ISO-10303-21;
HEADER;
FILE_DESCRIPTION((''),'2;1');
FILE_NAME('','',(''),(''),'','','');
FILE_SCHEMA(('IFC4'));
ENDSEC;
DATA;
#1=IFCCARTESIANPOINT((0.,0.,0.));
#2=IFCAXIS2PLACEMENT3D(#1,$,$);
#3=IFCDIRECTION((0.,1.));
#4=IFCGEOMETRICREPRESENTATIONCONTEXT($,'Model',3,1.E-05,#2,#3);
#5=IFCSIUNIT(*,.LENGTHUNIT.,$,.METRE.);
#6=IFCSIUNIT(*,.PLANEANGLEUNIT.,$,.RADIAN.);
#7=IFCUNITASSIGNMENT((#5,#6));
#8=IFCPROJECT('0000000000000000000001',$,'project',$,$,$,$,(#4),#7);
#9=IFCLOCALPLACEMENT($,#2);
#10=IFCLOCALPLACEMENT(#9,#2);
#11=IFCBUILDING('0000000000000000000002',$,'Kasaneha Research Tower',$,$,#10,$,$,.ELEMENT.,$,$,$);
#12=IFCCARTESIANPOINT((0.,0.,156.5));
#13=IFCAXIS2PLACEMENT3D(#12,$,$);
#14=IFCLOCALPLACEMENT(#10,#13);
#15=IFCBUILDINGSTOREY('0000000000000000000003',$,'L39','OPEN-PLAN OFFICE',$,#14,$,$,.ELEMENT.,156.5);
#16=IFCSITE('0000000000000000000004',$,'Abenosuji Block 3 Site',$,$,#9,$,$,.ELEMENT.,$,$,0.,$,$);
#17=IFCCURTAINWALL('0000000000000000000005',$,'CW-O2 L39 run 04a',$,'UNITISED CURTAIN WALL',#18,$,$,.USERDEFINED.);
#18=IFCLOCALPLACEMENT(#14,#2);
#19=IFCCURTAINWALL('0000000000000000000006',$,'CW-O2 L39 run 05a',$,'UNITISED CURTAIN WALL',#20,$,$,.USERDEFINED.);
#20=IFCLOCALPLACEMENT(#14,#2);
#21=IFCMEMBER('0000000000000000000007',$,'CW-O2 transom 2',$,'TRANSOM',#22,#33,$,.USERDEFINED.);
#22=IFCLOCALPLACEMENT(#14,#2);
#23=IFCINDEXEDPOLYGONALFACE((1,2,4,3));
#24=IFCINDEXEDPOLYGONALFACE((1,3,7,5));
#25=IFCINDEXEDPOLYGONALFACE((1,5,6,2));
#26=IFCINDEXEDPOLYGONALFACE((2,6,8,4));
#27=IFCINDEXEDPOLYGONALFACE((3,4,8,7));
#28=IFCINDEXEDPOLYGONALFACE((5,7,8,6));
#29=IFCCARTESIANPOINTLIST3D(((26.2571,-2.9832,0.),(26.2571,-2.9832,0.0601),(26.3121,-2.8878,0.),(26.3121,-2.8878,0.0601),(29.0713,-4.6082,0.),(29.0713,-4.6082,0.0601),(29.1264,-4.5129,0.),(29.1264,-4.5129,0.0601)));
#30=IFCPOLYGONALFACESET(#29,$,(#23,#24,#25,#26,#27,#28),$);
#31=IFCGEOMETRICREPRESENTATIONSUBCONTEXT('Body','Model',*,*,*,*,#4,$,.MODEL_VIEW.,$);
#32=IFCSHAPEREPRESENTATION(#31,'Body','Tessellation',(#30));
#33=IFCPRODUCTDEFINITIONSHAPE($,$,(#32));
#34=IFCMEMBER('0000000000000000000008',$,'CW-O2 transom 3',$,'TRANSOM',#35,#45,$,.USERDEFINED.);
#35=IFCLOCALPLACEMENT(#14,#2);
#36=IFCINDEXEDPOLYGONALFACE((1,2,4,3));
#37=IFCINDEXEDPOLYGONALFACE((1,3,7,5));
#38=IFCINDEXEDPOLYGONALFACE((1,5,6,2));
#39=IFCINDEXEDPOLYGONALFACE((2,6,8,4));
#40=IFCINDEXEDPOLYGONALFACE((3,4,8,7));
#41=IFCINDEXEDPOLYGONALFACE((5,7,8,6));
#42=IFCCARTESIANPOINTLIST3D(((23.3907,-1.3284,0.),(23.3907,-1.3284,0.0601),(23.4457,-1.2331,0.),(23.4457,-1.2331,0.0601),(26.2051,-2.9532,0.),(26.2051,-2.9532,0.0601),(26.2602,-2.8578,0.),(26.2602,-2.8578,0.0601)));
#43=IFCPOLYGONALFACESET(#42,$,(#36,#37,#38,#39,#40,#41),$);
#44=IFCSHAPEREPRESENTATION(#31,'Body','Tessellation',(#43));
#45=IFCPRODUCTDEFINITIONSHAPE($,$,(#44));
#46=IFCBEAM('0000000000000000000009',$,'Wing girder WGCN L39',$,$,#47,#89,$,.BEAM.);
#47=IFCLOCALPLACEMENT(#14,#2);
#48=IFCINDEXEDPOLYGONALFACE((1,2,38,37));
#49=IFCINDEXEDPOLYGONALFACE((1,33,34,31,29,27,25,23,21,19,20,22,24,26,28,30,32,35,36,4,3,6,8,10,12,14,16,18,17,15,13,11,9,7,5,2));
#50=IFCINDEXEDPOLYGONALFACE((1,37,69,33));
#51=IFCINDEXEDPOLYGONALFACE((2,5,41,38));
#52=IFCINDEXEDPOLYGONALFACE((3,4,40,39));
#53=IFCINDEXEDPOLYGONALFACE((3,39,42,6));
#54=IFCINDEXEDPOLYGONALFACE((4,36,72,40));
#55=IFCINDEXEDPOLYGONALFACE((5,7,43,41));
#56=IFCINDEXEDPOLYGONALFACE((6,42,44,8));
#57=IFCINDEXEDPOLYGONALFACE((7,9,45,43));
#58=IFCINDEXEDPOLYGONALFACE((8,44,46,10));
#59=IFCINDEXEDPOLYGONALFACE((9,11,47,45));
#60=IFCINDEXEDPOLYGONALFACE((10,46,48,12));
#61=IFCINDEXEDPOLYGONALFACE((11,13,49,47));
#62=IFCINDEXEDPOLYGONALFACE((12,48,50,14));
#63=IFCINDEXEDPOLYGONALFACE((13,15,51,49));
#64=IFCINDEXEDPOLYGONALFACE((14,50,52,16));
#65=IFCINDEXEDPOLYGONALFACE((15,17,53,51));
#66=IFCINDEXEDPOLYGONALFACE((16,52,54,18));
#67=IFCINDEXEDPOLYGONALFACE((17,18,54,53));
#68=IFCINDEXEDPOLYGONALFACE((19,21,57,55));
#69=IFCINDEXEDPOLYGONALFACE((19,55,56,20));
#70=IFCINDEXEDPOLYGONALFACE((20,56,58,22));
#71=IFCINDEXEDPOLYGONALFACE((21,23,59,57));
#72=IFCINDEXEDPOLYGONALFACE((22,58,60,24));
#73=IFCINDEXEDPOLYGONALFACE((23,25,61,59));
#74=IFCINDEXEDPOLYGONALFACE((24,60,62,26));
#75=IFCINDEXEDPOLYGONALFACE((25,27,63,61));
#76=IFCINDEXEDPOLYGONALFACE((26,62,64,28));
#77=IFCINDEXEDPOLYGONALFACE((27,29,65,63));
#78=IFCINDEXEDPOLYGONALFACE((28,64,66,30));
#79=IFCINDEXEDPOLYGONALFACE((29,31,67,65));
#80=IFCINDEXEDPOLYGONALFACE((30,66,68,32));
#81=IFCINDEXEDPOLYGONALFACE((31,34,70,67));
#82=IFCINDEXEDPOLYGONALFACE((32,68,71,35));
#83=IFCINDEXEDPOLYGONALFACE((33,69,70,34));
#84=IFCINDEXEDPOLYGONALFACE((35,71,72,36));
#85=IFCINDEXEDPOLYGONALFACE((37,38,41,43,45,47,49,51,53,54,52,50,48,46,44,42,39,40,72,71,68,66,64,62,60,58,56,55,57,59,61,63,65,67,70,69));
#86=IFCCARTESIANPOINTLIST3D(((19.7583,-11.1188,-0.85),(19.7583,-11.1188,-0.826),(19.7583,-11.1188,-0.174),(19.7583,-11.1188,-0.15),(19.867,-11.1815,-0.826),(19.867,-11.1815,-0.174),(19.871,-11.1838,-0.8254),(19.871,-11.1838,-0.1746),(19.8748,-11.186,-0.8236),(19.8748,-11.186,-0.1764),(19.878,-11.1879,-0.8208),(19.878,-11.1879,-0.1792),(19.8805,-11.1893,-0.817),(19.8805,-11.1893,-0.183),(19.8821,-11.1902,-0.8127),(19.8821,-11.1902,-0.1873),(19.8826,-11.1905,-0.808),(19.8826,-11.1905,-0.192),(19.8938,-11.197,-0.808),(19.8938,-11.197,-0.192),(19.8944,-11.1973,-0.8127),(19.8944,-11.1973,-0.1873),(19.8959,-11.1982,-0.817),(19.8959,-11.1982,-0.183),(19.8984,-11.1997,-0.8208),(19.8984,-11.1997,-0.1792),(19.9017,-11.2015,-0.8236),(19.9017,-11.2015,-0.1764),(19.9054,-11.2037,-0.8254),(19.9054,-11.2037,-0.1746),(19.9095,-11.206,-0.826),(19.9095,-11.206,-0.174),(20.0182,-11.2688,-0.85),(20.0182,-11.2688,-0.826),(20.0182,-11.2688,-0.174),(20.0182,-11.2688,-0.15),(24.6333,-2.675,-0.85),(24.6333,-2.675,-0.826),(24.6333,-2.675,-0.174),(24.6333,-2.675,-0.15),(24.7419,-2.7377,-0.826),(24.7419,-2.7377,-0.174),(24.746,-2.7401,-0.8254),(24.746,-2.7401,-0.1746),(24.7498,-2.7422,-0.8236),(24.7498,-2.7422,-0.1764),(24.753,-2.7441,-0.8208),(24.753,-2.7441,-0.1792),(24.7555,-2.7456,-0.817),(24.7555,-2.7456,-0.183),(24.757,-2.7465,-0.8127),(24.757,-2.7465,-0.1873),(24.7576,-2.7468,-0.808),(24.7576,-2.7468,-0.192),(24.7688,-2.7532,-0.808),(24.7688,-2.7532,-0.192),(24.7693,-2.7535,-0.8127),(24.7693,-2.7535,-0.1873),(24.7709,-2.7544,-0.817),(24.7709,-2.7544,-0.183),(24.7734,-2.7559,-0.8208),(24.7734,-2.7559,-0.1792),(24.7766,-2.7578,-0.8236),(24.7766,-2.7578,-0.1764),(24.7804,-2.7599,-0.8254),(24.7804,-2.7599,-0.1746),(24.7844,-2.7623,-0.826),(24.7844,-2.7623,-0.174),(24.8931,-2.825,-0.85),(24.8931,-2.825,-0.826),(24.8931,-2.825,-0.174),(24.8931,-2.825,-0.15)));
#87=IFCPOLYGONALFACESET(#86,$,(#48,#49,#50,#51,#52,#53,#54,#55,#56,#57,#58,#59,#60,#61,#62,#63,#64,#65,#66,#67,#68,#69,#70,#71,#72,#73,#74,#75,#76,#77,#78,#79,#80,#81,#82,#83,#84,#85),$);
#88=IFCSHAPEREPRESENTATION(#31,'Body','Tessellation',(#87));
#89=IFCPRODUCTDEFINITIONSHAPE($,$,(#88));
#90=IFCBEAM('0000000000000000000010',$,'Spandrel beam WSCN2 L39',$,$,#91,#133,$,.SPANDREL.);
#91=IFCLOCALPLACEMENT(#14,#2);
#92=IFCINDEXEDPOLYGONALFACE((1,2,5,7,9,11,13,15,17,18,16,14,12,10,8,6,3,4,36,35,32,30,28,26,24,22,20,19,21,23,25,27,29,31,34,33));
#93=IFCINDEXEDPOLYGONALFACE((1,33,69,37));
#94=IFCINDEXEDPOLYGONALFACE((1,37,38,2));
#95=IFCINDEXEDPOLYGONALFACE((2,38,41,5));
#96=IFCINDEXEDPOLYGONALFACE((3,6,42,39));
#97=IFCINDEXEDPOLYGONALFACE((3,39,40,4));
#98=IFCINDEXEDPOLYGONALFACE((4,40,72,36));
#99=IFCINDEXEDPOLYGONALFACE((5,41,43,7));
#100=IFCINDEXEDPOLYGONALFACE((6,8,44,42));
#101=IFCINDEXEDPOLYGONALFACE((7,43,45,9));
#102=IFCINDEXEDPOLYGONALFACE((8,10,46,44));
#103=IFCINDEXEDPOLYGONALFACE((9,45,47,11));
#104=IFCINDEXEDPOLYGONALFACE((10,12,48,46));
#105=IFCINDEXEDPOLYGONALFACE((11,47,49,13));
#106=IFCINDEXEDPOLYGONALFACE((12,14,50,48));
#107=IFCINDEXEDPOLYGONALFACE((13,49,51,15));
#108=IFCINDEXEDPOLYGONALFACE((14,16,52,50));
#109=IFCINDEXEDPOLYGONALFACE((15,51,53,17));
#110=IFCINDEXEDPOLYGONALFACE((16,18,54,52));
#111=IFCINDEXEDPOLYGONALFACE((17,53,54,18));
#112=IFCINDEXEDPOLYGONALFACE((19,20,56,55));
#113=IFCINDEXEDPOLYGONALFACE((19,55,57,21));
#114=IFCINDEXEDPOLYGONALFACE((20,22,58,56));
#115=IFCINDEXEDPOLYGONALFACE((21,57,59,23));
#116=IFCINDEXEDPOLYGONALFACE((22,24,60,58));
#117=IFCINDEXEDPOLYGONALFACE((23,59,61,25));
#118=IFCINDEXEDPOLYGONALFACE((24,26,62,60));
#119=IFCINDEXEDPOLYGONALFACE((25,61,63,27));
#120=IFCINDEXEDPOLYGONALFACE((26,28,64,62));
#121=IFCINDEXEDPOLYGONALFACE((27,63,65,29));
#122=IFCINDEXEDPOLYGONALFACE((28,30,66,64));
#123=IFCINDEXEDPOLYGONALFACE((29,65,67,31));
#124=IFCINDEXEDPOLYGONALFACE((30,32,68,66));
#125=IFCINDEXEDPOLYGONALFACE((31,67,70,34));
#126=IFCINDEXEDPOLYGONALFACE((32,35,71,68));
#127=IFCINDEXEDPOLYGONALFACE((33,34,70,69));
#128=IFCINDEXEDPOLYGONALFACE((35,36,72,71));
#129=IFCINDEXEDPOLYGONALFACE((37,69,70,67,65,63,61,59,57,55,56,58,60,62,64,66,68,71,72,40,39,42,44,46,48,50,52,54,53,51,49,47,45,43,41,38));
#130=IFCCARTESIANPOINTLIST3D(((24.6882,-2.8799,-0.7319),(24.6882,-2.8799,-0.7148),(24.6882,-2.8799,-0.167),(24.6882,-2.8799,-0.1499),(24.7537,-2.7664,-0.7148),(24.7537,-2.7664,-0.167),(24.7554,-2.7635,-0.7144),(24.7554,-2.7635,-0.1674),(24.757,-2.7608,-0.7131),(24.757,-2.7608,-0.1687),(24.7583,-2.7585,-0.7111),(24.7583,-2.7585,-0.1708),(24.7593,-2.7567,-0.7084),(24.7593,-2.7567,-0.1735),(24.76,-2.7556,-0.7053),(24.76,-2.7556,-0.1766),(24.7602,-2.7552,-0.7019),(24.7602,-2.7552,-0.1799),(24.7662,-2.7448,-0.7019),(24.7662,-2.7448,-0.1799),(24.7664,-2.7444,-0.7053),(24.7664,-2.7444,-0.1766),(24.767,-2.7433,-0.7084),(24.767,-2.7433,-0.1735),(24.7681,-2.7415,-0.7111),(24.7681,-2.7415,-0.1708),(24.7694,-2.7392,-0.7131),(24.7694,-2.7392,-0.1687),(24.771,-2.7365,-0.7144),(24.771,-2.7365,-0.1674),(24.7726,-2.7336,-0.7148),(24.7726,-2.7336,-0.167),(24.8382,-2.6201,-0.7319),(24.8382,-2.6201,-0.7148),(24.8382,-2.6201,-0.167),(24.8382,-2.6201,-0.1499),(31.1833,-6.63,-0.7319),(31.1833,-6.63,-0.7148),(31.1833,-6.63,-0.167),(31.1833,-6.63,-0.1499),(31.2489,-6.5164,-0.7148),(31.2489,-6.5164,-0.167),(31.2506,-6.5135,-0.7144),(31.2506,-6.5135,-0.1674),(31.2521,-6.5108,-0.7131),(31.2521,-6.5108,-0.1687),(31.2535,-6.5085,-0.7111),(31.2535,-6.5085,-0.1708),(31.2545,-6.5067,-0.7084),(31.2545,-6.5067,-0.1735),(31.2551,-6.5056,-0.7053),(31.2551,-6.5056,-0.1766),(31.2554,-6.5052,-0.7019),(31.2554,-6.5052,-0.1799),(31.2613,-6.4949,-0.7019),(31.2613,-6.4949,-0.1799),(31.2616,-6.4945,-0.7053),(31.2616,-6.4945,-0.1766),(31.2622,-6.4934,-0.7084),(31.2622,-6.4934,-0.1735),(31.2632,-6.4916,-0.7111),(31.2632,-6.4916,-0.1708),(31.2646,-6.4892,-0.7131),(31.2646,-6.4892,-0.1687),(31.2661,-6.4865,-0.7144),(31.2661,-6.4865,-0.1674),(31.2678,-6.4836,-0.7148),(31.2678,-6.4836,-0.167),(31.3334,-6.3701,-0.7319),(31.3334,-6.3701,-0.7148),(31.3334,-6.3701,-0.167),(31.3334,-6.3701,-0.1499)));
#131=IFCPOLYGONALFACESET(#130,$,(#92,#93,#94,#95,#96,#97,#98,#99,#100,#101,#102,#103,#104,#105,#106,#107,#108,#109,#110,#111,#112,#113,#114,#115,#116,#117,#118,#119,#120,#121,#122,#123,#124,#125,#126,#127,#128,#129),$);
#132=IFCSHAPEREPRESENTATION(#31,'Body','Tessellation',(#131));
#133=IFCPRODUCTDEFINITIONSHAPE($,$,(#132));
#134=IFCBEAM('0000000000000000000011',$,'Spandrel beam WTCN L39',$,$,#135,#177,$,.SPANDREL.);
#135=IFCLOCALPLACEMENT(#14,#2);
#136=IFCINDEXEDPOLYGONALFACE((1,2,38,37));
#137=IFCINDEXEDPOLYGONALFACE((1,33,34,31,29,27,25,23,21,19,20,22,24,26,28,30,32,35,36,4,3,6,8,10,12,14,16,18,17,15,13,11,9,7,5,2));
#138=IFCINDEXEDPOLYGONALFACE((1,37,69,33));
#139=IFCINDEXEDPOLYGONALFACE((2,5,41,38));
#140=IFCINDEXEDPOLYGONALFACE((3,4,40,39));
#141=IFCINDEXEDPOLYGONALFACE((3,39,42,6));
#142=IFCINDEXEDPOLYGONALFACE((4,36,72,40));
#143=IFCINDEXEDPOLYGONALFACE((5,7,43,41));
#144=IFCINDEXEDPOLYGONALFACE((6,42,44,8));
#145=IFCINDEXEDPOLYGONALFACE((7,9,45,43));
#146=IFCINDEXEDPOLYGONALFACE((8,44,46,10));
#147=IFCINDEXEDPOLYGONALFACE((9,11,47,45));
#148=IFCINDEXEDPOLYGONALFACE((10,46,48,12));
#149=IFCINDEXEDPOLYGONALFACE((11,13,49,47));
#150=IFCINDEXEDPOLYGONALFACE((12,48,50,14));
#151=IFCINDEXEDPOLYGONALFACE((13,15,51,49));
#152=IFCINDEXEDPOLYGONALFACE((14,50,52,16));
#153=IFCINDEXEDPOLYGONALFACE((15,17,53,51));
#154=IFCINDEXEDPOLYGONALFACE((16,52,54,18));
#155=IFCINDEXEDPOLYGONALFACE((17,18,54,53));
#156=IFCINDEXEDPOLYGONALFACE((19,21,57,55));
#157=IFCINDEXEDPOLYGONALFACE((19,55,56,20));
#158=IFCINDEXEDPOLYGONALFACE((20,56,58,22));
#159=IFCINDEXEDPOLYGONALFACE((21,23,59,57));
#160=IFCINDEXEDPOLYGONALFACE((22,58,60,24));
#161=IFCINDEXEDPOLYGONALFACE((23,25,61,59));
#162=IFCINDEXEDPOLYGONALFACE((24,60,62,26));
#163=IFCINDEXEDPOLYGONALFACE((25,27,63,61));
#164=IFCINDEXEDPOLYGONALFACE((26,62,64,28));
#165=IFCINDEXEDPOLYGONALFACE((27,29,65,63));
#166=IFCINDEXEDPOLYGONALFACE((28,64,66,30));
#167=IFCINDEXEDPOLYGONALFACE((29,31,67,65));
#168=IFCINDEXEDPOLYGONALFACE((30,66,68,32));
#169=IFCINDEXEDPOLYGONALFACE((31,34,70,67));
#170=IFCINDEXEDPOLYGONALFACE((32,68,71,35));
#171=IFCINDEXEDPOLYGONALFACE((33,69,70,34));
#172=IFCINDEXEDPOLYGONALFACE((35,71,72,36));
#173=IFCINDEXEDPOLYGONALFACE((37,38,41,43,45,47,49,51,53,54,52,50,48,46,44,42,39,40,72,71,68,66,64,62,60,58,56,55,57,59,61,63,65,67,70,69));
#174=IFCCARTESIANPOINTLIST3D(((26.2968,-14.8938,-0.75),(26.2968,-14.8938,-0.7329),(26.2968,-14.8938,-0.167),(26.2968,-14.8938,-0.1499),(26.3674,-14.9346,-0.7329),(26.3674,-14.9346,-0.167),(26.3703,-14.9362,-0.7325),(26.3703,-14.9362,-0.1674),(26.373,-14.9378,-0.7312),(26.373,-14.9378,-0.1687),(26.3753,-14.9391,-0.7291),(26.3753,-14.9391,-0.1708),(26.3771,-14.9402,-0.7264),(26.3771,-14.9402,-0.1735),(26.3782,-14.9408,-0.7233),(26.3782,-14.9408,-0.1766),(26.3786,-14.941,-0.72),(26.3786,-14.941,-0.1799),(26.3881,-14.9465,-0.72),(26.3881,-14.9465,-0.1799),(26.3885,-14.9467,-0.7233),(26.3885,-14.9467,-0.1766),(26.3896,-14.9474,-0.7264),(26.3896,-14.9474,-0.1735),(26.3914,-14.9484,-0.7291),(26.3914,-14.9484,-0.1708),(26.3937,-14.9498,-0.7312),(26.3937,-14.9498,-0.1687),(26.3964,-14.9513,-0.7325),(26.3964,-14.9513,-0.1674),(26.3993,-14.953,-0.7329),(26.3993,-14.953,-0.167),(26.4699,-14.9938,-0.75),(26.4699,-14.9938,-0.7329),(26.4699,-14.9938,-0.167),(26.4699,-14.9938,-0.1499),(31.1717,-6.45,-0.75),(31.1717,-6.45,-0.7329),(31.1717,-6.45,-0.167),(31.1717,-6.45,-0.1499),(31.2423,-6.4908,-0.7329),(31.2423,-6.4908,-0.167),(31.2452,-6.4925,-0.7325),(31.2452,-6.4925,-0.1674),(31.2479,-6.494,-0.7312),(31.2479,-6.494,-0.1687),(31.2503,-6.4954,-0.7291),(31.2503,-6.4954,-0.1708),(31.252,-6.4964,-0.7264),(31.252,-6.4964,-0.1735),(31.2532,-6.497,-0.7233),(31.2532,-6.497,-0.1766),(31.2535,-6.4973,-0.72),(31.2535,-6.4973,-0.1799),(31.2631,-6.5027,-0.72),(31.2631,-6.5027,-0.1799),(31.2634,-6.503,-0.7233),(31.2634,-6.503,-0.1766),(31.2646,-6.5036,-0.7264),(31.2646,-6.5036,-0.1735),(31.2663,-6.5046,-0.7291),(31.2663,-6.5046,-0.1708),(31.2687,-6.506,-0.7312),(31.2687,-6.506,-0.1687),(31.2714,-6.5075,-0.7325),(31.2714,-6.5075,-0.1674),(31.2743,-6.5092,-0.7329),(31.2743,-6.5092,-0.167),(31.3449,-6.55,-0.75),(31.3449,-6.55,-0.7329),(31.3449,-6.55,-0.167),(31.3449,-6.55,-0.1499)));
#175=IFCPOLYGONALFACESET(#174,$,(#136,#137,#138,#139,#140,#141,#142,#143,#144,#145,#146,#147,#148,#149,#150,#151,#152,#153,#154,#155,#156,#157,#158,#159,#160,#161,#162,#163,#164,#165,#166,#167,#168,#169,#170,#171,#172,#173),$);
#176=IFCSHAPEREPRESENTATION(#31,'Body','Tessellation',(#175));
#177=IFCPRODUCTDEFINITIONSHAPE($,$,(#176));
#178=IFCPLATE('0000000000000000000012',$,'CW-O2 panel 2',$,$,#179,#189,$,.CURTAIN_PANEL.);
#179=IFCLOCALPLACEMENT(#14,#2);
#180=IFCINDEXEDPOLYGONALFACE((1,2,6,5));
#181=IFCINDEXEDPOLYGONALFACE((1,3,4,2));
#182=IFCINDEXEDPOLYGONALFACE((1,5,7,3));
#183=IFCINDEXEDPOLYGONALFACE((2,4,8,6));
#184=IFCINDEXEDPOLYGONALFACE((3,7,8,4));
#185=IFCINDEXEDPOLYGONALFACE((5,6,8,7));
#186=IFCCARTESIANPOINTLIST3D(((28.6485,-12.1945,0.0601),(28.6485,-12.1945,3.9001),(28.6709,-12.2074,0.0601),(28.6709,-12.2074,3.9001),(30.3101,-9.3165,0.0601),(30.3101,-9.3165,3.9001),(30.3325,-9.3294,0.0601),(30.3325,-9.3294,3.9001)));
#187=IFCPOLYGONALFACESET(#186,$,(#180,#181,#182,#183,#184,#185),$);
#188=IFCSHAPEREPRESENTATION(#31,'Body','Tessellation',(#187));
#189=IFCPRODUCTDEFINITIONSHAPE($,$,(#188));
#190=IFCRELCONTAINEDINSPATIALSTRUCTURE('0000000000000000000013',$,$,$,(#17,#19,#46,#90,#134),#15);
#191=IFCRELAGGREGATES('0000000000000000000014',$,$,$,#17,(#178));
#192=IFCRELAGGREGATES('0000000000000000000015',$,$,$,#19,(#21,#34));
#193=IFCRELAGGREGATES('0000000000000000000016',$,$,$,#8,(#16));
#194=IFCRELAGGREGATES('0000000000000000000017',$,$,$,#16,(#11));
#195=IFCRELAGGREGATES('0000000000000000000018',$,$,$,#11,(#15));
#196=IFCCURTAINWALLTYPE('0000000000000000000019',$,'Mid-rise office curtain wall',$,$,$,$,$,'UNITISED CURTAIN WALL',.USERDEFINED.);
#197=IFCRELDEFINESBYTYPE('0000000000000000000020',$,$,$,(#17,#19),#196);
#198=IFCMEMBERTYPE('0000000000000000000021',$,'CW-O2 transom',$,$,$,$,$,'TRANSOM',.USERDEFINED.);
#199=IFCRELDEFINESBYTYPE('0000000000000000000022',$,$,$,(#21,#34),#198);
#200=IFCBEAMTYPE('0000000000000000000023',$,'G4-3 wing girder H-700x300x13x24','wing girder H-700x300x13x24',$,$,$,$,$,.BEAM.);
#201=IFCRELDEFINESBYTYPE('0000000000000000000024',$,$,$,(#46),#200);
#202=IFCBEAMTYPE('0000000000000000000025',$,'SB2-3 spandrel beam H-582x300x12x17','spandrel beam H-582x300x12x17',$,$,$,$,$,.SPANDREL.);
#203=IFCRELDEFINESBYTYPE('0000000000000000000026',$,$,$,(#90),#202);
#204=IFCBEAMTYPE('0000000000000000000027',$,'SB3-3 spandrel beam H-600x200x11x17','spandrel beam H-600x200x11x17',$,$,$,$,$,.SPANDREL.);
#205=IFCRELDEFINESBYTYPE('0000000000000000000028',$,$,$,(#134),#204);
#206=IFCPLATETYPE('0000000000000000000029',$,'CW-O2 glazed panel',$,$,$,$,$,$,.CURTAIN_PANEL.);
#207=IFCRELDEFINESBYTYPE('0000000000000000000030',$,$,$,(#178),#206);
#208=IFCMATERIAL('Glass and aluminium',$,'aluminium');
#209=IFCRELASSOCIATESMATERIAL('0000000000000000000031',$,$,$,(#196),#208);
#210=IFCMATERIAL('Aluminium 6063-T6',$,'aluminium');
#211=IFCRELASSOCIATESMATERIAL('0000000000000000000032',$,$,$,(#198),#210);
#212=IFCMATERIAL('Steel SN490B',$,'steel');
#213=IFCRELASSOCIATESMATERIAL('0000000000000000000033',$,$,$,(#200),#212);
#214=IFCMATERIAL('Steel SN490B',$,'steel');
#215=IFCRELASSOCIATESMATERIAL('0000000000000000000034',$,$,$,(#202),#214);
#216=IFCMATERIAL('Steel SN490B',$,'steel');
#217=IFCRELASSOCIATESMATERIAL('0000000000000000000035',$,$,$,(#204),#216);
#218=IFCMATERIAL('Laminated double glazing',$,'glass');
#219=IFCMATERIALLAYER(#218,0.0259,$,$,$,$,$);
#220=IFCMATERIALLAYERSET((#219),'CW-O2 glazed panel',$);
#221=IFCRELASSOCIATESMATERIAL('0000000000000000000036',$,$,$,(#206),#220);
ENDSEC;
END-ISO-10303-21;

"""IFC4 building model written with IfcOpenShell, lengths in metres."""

from ifc_helpers import new_model, si_unit, direction, frame, origin, origin_2d, place, context, subcontext, project, spatial, rectangle, i_section, extrude, material, layer, layer_set, material_profile, profile_set, type_object, element, aggregate, save


model = new_model("IFC4")

# Units and contexts
model_context = context("Model", 3, precision=1e-05, world=origin(), true_north=direction((0.0, 1.0)))
body_context = subcontext(model_context, "Body", "Model", "MODEL_VIEW")
ifc_project = project(units=[si_unit("LENGTHUNIT", "METRE"), si_unit("PLANEANGLEUNIT", "RADIAN")], contexts=[model_context])

# Site, building, storey
site_placement = place(None, origin())
site = spatial("IfcSite", under=ifc_project, at=site_placement, Name="Abenosuji Block 3 Site", CompositionType="ELEMENT", RefElevation=0.0)
building_placement = place(site_placement, origin())
building = spatial("IfcBuilding", under=site, at=building_placement, Name="Kasaneha Research Tower", CompositionType="ELEMENT")
storey_placement = place(building_placement, frame((0.0, 0.0, 156.5)))
storey = spatial("IfcBuildingStorey", under=building, at=storey_placement, Name="L39", Description="OPEN-PLAN OFFICE", CompositionType="ELEMENT", Elevation=156.5)

# Curtain walls
ifc_material_1 = material(Name="Glass and aluminium", Category="aluminium")
curtain_wall_type = type_object("IfcCurtainWallType", Name="Mid-rise office curtain wall", ElementType="UNITISED CURTAIN WALL", PredefinedType="USERDEFINED", material=ifc_material_1)
curtain_wall_1_placement = place(storey_placement, origin())
curtain_wall_1 = element("IfcCurtainWall", 1, at=curtain_wall_1_placement, inside=storey, type_object=curtain_wall_type, Name="CW-O2 L39 run 04a", ObjectType="UNITISED CURTAIN WALL", PredefinedType="USERDEFINED")
curtain_wall_2_placement = place(storey_placement, origin())
curtain_wall_2 = element("IfcCurtainWall", 2, at=curtain_wall_2_placement, inside=storey, type_object=curtain_wall_type, Name="CW-O2 L39 run 05a", ObjectType="UNITISED CURTAIN WALL", PredefinedType="USERDEFINED")

# Members
ifc_material_2 = material(Name="Aluminium 6063-T6", Category="aluminium")
ifc_material_profile_1 = material_profile(ifc_material_2, rectangle(XDim=0.1101, YDim=0.0601, at=origin_2d()), Name="CW-O2 transom 110x60")
ifc_profile_set_1 = profile_set([ifc_material_profile_1], Name="Aluminium 6063-T6")
member_type_1 = type_object("IfcMemberType", Name="CW-O2 transom", ElementType="TRANSOM", PredefinedType="USERDEFINED", material=ifc_profile_set_1)
member_1_placement = place(storey_placement, frame((29.0989, -4.5605, 0.03), z_axis=(-0.865997, 0.50005, 0.0), x_axis=(-0.50005, -0.865997, 0.0)))
member_1 = element("IfcMember", 3, at=member_1_placement, type_object=member_type_1, Name="CW-O2 transom 2", ObjectType="TRANSOM", PredefinedType="USERDEFINED", context=body_context, shape_type="SweptSolid", body=[
    extrude(rectangle(XDim=0.1101, YDim=0.0601, at=origin_2d()), origin(), (0.0, 0.0, 1.0), 3.2498),
])
member_2_placement = place(storey_placement, frame((26.2327, -2.9055, 0.03), z_axis=(-0.866048, 0.499961, 0.0), x_axis=(-0.499961, -0.866048, 0.0)))
member_2 = element("IfcMember", 4, at=member_2_placement, type_object=member_type_1, Name="CW-O2 transom 3", ObjectType="TRANSOM", PredefinedType="USERDEFINED", context=body_context, shape_type="SweptSolid", body=[
    extrude(rectangle(XDim=0.1101, YDim=0.0601, at=origin_2d()), origin(), (0.0, 0.0, 1.0), 3.2498),
])

# Beams
ifc_material_3 = material(Name="Steel SN490B", Category="steel")
ifc_material_profile_2 = material_profile(ifc_material_3, i_section(OverallWidth=0.3, OverallDepth=0.7, WebThickness=0.0129, FlangeThickness=0.0239, FilletRadius=0.0181, at=origin_2d()), Name="H-700x300x13x24")
ifc_profile_set_2 = profile_set([ifc_material_profile_2], Name="Steel SN490B")
beam_type_1 = type_object("IfcBeamType", Name="G4-3 wing girder H-700x300x13x24", Description="wing girder H-700x300x13x24", PredefinedType="BEAM", material=ifc_profile_set_2)
beam_1_placement = place(storey_placement, frame((24.7632, -2.75, -0.5), z_axis=(-0.499996, -0.866028, 0.0), x_axis=(0.866028, -0.499996, 0.0)))
element("IfcBeam", 5, at=beam_1_placement, inside=storey, type_object=beam_type_1, Name="Wing girder WGCN L39", PredefinedType="BEAM", context=body_context, shape_type="SweptSolid", body=[
    extrude(i_section(OverallWidth=0.3, OverallDepth=0.7, WebThickness=0.0129, FlangeThickness=0.0239, FilletRadius=0.0181, at=origin_2d()), origin(), (0.0, 0.0, 1.0), 9.75),
])
ifc_material_4 = material(Name="Steel SN490B", Category="steel")
ifc_material_profile_3 = material_profile(ifc_material_4, i_section(OverallWidth=0.3, OverallDepth=0.582, WebThickness=0.012, FlangeThickness=0.0171, FilletRadius=0.0129, at=origin_2d()), Name="H-582x300x12x17")
ifc_profile_set_3 = profile_set([ifc_material_profile_3], Name="Steel SN490B")
beam_type_2 = type_object("IfcBeamType", Name="SB2-3 spandrel beam H-582x300x12x17", Description="spandrel beam H-582x300x12x17", PredefinedType="SPANDREL", material=ifc_profile_set_3)
beam_2_placement = place(storey_placement, frame((24.7632, -2.75, -0.4409), z_axis=(0.866023, -0.500004, 0.0), x_axis=(0.500004, 0.866023, 0.0)))
element("IfcBeam", 6, at=beam_2_placement, inside=storey, type_object=beam_type_2, Name="Spandrel beam WSCN2 L39", PredefinedType="SPANDREL", context=body_context, shape_type="SweptSolid", body=[
    extrude(i_section(OverallWidth=0.3, OverallDepth=0.582, WebThickness=0.012, FlangeThickness=0.0171, FilletRadius=0.0129, at=origin_2d()), origin(), (0.0, 0.0, 1.0), 7.5),
])
ifc_material_5 = material(Name="Steel SN490B", Category="steel")
ifc_material_profile_4 = material_profile(ifc_material_5, i_section(OverallWidth=0.2, OverallDepth=0.6001, WebThickness=0.011, FlangeThickness=0.0171, FilletRadius=0.0129, at=origin_2d()), Name="H-600x200x11x17")
ifc_profile_set_4 = profile_set([ifc_material_profile_4], Name="Steel SN490B")
beam_type_3 = type_object("IfcBeamType", Name="SB3-3 spandrel beam H-600x200x11x17", Description="spandrel beam H-600x200x11x17", PredefinedType="SPANDREL", material=ifc_profile_set_4)
beam_3_placement = place(storey_placement, frame((31.2583, -6.5, -0.45), z_axis=(-0.499996, -0.866028, 0.0), x_axis=(0.866028, -0.499996, 0.0)))
element("IfcBeam", 7, at=beam_3_placement, inside=storey, type_object=beam_type_3, Name="Spandrel beam WTCN L39", PredefinedType="SPANDREL", context=body_context, shape_type="SweptSolid", body=[
    extrude(i_section(OverallWidth=0.2, OverallDepth=0.6001, WebThickness=0.011, FlangeThickness=0.0171, FilletRadius=0.0129, at=origin_2d()), origin(), (0.0, 0.0, 1.0), 9.75),
])

# Plate
ifc_material_6 = material(Name="Laminated double glazing", Category="glass")
ifc_layer_1 = layer(ifc_material_6, 0.0259)
ifc_layer_set_1 = layer_set([ifc_layer_1], Name="CW-O2 glazed panel")
plate_type = type_object("IfcPlateType", Name="CW-O2 glazed panel", PredefinedType="CURTAIN_PANEL", material=ifc_layer_set_1)
plate_1_placement = place(storey_placement, frame((29.4905, -10.762, 0.0601), z_axis=(0.0, 0.0, 1.0), x_axis=(0.5, 0.866025, 0.0)))
plate_1 = element("IfcPlate", 8, at=plate_1_placement, type_object=plate_type, Name="CW-O2 panel 2", PredefinedType="CURTAIN_PANEL", context=body_context, shape_type="SweptSolid", body=[
    extrude(rectangle(XDim=3.3232, YDim=0.0259, at=origin_2d()), origin(), (0.0, 0.0, 1.0), 3.8401),
])
aggregate(curtain_wall_1, [plate_1])
aggregate(curtain_wall_2, [member_1, member_2])

save(model, "model.ifc")
